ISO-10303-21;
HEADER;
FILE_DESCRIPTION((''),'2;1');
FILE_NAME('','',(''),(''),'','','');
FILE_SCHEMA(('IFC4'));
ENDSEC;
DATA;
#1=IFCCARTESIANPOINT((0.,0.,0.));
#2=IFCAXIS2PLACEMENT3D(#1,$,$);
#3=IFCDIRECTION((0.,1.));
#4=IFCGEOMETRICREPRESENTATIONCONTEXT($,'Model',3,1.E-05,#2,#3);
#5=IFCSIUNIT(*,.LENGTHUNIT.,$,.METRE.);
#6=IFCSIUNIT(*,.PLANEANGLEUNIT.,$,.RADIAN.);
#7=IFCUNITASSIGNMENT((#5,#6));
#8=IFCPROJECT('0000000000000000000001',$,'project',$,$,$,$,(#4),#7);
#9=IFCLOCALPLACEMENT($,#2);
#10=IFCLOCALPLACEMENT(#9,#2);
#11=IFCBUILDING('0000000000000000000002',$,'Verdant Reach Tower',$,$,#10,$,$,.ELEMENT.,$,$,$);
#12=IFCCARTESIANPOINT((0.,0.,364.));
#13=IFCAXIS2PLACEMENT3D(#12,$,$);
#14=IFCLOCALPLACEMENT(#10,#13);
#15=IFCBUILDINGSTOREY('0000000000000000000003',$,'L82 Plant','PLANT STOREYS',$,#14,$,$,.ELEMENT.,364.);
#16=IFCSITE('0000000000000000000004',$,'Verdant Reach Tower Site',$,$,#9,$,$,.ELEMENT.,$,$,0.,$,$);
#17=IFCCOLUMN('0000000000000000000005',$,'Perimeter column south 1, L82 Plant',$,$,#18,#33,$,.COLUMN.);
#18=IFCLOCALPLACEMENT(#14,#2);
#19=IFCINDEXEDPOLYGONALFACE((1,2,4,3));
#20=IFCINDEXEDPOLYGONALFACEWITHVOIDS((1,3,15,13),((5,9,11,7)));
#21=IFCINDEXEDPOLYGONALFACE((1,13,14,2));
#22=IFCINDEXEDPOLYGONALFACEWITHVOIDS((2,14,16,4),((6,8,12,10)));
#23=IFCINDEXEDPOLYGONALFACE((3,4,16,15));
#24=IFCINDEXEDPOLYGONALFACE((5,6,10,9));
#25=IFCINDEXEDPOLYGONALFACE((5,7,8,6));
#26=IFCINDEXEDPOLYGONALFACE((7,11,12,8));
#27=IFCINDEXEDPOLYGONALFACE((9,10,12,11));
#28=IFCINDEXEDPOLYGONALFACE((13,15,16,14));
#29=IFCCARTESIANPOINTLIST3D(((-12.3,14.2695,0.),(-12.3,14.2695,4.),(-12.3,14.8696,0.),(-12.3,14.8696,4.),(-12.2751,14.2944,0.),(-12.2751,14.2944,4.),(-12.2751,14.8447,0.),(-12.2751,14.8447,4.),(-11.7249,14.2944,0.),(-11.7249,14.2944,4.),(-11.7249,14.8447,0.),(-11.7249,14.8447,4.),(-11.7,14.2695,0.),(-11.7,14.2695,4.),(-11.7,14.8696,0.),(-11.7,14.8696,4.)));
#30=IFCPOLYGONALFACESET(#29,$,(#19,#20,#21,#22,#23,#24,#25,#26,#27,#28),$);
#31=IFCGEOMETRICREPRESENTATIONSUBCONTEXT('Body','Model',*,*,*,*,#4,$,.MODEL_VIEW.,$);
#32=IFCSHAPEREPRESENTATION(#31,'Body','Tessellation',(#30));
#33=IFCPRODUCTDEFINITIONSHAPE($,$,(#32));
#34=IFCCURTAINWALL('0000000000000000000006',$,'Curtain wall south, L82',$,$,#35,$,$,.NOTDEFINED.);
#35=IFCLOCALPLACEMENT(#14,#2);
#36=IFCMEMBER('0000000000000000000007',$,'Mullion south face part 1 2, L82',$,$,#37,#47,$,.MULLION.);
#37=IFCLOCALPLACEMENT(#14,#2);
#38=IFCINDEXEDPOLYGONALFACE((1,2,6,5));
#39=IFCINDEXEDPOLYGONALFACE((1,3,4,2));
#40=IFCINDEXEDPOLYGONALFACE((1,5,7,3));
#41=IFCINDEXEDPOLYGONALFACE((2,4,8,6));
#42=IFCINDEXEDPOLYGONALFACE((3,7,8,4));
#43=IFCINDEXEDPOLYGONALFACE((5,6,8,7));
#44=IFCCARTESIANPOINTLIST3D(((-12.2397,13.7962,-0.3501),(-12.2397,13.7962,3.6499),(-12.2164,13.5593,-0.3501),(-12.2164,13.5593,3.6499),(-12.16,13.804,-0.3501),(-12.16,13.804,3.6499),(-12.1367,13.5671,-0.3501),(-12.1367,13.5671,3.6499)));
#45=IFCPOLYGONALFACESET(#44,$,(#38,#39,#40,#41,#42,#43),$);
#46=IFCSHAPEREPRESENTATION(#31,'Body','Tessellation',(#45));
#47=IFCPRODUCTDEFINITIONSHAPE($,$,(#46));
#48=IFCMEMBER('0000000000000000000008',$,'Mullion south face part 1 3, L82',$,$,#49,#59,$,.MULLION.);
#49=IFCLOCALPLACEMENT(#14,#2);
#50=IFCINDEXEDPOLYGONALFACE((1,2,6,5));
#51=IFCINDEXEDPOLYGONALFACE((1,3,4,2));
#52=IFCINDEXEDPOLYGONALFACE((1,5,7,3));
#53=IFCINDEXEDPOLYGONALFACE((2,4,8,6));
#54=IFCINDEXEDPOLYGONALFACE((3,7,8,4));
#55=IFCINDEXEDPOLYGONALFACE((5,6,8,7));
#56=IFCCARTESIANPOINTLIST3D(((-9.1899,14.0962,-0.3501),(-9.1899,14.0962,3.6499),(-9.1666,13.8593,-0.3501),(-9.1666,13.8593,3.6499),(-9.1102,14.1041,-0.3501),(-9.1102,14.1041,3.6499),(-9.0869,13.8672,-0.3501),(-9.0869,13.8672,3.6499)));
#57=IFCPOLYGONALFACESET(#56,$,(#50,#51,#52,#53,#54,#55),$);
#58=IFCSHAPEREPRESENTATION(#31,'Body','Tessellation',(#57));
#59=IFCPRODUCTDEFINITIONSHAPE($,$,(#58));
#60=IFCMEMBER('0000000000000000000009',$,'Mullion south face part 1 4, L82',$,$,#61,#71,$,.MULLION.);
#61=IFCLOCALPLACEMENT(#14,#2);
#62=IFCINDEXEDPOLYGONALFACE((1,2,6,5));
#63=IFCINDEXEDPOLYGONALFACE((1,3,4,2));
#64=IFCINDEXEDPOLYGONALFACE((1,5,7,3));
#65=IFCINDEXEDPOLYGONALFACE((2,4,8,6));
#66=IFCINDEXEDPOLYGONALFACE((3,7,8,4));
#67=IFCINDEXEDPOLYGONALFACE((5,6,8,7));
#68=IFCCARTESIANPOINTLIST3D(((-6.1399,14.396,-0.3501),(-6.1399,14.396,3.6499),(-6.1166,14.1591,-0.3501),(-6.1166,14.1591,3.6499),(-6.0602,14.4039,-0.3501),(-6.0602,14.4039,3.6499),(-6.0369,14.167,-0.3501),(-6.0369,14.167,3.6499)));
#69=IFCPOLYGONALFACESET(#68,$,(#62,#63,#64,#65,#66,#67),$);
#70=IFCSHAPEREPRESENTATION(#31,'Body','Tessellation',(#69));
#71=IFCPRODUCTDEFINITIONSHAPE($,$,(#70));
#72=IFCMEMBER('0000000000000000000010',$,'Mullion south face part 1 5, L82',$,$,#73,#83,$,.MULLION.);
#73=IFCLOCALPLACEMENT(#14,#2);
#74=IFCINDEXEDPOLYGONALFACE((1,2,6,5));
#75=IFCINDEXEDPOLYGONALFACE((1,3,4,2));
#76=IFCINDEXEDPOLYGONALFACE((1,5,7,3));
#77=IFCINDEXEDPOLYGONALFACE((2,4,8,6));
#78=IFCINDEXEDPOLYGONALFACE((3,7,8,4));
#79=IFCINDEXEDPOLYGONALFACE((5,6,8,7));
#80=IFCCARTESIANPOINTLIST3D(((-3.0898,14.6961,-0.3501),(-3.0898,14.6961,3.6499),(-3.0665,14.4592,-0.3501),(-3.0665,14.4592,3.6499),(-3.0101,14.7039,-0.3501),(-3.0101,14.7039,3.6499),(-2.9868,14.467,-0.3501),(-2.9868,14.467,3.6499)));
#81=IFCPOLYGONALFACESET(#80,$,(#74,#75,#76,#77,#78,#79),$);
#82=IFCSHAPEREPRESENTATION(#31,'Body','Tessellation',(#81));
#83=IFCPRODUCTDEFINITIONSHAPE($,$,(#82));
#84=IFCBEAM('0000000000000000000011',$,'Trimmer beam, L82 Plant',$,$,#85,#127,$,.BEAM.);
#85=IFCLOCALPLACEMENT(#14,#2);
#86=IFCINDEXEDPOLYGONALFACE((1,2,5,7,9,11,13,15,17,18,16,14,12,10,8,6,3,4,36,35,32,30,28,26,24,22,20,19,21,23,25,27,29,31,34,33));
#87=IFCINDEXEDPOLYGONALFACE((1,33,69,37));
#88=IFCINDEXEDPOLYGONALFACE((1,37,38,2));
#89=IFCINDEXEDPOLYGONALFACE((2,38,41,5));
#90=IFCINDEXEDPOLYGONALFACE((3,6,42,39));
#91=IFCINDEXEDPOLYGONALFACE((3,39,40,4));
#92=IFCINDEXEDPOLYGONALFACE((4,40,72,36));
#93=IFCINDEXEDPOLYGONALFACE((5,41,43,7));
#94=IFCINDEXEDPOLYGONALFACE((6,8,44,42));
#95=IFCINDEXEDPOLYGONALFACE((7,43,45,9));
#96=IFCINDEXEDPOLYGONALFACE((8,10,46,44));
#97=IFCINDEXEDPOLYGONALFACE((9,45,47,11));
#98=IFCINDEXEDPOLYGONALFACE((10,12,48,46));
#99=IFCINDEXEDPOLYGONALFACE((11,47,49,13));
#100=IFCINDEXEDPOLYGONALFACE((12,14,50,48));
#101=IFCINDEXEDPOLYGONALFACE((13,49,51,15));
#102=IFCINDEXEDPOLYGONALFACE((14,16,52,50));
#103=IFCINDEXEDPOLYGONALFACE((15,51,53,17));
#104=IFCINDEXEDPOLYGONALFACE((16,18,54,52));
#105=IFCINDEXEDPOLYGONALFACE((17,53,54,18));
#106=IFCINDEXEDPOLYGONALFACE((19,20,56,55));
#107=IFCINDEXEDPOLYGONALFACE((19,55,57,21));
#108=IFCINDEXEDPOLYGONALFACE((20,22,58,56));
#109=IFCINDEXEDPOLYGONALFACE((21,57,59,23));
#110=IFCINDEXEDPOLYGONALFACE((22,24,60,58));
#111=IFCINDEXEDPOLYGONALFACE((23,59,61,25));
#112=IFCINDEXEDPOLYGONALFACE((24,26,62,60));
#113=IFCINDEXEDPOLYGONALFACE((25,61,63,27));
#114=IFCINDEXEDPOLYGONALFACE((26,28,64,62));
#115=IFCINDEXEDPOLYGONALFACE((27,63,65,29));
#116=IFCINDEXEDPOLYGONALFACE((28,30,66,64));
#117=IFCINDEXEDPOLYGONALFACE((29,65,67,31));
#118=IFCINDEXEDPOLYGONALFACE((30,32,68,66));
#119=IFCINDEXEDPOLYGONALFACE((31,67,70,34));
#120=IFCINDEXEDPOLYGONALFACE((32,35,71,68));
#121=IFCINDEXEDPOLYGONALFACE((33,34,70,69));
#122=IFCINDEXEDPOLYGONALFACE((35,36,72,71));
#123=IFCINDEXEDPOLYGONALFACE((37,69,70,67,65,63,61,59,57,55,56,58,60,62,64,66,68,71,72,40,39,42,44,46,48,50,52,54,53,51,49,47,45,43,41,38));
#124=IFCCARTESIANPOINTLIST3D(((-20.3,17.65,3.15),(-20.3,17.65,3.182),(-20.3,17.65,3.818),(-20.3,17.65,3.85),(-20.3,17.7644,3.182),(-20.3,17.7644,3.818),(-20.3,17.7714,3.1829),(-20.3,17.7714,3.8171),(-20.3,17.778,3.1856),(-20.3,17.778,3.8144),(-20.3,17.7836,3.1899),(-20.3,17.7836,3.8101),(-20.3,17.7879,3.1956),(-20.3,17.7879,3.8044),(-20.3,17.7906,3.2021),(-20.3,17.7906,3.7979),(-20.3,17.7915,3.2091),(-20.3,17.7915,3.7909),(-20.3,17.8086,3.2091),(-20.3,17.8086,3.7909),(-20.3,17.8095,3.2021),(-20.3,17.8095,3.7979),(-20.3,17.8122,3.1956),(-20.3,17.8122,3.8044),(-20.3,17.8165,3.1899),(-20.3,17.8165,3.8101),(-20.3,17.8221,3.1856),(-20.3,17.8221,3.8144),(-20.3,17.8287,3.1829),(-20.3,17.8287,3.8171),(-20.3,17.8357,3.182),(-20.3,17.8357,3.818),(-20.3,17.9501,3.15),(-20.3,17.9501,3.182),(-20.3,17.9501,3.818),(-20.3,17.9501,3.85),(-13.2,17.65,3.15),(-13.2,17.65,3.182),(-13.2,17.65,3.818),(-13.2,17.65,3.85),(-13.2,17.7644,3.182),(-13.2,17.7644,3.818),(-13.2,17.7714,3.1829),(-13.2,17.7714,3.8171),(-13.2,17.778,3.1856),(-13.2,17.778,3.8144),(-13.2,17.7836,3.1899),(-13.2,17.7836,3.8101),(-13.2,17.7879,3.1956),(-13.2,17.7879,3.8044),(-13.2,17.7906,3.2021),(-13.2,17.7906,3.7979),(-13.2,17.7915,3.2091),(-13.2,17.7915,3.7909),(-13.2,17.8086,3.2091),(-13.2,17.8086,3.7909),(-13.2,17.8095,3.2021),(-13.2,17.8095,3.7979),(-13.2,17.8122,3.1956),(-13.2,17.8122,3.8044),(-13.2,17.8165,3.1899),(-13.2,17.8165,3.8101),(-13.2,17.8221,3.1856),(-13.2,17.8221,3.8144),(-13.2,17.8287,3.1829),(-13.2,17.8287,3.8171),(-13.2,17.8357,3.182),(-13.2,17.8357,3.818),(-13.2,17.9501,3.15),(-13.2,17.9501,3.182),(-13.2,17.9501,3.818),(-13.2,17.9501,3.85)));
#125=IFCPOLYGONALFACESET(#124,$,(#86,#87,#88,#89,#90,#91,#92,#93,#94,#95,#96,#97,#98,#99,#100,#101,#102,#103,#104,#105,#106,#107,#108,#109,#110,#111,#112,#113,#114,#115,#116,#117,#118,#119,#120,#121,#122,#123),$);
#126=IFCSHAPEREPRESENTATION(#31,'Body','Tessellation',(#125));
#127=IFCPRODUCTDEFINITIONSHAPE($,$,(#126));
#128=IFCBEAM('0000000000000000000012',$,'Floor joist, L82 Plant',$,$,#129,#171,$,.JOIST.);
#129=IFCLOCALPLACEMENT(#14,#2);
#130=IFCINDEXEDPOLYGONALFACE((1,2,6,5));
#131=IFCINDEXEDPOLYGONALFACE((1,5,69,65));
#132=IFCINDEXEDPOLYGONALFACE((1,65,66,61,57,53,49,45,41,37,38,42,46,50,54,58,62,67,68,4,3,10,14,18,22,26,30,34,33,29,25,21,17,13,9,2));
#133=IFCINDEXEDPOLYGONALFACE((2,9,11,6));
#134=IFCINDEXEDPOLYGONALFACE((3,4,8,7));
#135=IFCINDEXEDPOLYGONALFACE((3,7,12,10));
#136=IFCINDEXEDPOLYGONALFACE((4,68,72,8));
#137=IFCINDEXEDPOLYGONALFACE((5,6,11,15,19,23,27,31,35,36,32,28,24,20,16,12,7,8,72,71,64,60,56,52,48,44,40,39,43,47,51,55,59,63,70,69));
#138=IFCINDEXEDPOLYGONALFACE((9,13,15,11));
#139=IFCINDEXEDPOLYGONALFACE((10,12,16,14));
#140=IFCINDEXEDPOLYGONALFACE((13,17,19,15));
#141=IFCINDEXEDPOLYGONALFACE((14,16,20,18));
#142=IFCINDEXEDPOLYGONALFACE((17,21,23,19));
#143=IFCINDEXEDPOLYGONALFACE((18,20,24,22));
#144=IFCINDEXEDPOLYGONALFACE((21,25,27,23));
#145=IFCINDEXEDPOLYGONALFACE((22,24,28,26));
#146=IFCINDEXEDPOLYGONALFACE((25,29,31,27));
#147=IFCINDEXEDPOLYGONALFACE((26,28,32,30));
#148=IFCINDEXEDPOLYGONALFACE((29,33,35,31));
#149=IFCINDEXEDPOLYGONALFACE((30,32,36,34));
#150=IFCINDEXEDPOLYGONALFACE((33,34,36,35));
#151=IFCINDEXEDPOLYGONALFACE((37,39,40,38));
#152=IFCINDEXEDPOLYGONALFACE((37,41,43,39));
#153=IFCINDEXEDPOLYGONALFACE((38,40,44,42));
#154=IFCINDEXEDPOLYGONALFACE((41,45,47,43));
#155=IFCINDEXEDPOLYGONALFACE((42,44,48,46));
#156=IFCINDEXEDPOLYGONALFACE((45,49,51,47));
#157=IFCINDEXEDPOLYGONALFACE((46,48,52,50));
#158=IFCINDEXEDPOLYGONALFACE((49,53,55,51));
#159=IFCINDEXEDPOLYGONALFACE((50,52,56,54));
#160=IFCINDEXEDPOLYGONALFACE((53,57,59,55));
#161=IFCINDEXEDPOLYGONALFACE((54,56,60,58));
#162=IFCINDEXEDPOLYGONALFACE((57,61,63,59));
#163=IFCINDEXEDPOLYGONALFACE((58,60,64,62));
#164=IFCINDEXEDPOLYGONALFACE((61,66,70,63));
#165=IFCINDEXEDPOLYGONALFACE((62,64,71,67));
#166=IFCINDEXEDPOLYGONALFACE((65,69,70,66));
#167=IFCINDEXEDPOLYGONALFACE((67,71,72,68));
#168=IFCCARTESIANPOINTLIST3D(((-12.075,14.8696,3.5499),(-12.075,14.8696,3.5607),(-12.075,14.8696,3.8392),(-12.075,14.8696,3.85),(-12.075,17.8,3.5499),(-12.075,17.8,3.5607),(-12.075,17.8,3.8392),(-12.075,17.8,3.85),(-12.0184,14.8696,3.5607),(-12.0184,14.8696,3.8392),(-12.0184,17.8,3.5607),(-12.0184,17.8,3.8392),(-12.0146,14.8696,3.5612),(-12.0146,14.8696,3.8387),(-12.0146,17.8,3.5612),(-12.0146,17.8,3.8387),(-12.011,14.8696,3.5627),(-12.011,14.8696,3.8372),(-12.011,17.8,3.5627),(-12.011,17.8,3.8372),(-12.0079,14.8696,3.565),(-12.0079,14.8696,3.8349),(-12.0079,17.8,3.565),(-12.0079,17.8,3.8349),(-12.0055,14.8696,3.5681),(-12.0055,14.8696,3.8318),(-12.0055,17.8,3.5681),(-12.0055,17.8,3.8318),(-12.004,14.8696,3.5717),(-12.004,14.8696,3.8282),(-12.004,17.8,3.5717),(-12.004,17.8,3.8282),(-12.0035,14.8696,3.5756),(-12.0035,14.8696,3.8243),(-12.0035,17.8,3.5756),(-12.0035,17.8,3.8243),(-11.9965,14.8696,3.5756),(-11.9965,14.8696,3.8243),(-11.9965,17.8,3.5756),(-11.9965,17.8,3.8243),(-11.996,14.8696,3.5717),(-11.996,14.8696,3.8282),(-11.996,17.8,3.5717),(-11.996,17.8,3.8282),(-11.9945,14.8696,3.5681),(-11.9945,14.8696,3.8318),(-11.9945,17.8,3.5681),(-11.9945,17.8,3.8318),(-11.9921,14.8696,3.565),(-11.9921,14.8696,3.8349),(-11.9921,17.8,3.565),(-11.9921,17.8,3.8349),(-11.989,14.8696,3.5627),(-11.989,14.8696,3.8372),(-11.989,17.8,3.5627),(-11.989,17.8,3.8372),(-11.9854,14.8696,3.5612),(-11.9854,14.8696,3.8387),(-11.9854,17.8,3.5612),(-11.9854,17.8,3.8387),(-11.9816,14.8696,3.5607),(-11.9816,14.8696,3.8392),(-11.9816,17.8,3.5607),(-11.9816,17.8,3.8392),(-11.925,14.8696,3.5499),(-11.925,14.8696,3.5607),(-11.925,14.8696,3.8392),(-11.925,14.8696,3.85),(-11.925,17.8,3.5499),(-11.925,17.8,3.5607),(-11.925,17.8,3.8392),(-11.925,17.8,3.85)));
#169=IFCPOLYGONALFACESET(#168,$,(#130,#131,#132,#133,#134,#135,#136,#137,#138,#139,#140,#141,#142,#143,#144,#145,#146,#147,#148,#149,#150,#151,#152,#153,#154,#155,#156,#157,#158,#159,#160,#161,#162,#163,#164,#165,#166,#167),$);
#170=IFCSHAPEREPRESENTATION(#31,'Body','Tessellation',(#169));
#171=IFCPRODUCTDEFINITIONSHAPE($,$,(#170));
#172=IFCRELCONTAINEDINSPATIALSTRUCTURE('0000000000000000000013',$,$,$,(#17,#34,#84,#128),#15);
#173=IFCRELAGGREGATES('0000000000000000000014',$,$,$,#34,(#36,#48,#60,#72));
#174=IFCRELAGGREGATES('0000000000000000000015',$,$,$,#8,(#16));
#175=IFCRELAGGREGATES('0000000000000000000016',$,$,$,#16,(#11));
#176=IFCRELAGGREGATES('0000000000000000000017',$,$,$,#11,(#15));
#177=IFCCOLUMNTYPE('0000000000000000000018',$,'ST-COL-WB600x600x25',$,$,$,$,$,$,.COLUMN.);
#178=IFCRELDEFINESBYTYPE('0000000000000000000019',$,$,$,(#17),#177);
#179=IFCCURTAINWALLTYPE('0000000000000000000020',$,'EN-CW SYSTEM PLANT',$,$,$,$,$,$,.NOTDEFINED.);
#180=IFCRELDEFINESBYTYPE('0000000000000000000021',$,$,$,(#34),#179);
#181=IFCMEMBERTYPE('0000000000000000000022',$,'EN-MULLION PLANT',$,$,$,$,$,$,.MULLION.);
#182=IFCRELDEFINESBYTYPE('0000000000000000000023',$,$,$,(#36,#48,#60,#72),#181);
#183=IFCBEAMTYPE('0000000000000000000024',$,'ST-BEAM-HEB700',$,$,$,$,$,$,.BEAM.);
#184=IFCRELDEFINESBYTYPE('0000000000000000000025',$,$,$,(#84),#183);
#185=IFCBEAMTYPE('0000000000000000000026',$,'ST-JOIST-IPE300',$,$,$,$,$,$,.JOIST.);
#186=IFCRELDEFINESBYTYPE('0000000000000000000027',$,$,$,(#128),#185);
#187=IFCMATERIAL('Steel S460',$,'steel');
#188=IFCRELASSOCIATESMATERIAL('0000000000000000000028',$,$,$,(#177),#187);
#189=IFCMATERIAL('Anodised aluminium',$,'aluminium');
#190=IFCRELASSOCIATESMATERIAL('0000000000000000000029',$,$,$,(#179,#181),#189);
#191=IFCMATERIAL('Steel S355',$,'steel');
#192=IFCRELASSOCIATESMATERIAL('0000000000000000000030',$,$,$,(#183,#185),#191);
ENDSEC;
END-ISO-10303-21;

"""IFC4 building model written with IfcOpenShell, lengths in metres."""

from ifc_helpers import new_model, si_unit, direction, frame, origin, origin_2d, place, context, subcontext, project, spatial, rectangle, hollow_rectangle, i_section, extrude, material, material_profile, profile_set, type_object, element, aggregate, save


model = new_model("IFC4")

# Units and contexts
model_context = context("Model", 3, precision=1e-05, world=origin(), true_north=direction((0.0, 1.0)))
body_context = subcontext(model_context, "Body", "Model", "MODEL_VIEW")
ifc_project = project(units=[si_unit("LENGTHUNIT", "METRE"), si_unit("PLANEANGLEUNIT", "RADIAN")], contexts=[model_context])

# Site, building, storey
site_placement = place(None, origin())
site = spatial("IfcSite", under=ifc_project, at=site_placement, Name="Verdant Reach Tower Site", CompositionType="ELEMENT", RefElevation=0.0)
building_placement = place(site_placement, origin())
building = spatial("IfcBuilding", under=site, at=building_placement, Name="Verdant Reach Tower", CompositionType="ELEMENT")
storey_placement = place(building_placement, frame((0.0, 0.0, 364.0)))
storey = spatial("IfcBuildingStorey", under=building, at=storey_placement, Name="L82 Plant", Description="PLANT STOREYS", CompositionType="ELEMENT", Elevation=364.0)

# Column
ifc_material_1 = material(Name="Steel S460", Category="steel")
ifc_material_profile_1 = material_profile(ifc_material_1, hollow_rectangle(XDim=0.6001, YDim=0.6001, WallThickness=0.0249, at=origin_2d()), Name="WB 600x600x25")
ifc_profile_set_1 = profile_set([ifc_material_profile_1], Name="Steel S460")
column_type = type_object("IfcColumnType", Name="ST-COL-WB600x600x25", PredefinedType="COLUMN", material=ifc_profile_set_1)
column_placement = place(storey_placement, frame((-12.0, 14.5696, 0.0), z_axis=(0.0, 0.0, 1.0), x_axis=(1.0, 0.0, 0.0)))
element("IfcColumn", 1, at=column_placement, inside=storey, type_object=column_type, Name="Perimeter column south 1, L82 Plant", PredefinedType="COLUMN", context=body_context, shape_type="SweptSolid", body=[
    extrude(hollow_rectangle(XDim=0.6001, YDim=0.6001, WallThickness=0.0249, at=origin_2d()), origin(), (0.0, 0.0, 1.0), 4.0),
])

# Curtain wall, members
ifc_material_2 = material(Name="Anodised aluminium", Category="aluminium")
curtain_wall_type = type_object("IfcCurtainWallType", Name="EN-CW SYSTEM PLANT", PredefinedType="NOTDEFINED", material=ifc_material_2)
curtain_wall_placement = place(storey_placement, origin())
curtain_wall = element("IfcCurtainWall", 2, at=curtain_wall_placement, inside=storey, type_object=curtain_wall_type, Name="Curtain wall south, L82", PredefinedType="NOTDEFINED")
ifc_material_profile_2 = material_profile(ifc_material_2, rectangle(XDim=0.238, YDim=0.0801, at=origin_2d()), Name="Mullion 80x240")
ifc_profile_set_2 = profile_set([ifc_material_profile_2], Name="Anodised aluminium")
member_type = type_object("IfcMemberType", Name="EN-MULLION PLANT", PredefinedType="MULLION", material=ifc_profile_set_2)
member_1_placement = place(storey_placement, frame((-12.1882, 13.6816, -0.3501), z_axis=(0.0, 0.0, 1.0), x_axis=(0.097888, -0.995197, 0.0)))
member_1 = element("IfcMember", 3, at=member_1_placement, type_object=member_type, Name="Mullion south face part 1 2, L82", PredefinedType="MULLION", context=body_context, shape_type="SweptSolid", body=[
    extrude(rectangle(XDim=0.238, YDim=0.0801, at=origin_2d()), origin(), (0.0, 0.0, 1.0), 4.0),
])
member_2_placement = place(storey_placement, frame((-9.1384, 13.9817, -0.3501), z_axis=(0.0, 0.0, 1.0), x_axis=(0.097888, -0.995197, 0.0)))
member_2 = element("IfcMember", 4, at=member_2_placement, type_object=member_type, Name="Mullion south face part 1 3, L82", PredefinedType="MULLION", context=body_context, shape_type="SweptSolid", body=[
    extrude(rectangle(XDim=0.238, YDim=0.0801, at=origin_2d()), origin(), (0.0, 0.0, 1.0), 4.0),
])
member_3_placement = place(storey_placement, frame((-6.0884, 14.2815, -0.3501), z_axis=(0.0, 0.0, 1.0), x_axis=(0.097888, -0.995197, 0.0)))
member_3 = element("IfcMember", 5, at=member_3_placement, type_object=member_type, Name="Mullion south face part 1 4, L82", PredefinedType="MULLION", context=body_context, shape_type="SweptSolid", body=[
    extrude(rectangle(XDim=0.238, YDim=0.0801, at=origin_2d()), origin(), (0.0, 0.0, 1.0), 4.0),
])
member_4_placement = place(storey_placement, frame((-3.0383, 14.5815, -0.3501), z_axis=(0.0, 0.0, 1.0), x_axis=(0.097888, -0.995197, 0.0)))
member_4 = element("IfcMember", 6, at=member_4_placement, type_object=member_type, Name="Mullion south face part 1 5, L82", PredefinedType="MULLION", context=body_context, shape_type="SweptSolid", body=[
    extrude(rectangle(XDim=0.238, YDim=0.0801, at=origin_2d()), origin(), (0.0, 0.0, 1.0), 4.0),
])

# Beams
ifc_material_3 = material(Name="Steel S355", Category="steel")
ifc_material_profile_3 = material_profile(ifc_material_3, i_section(OverallWidth=0.3, OverallDepth=0.7, WebThickness=0.0171, FlangeThickness=0.032, FilletRadius=0.0271, at=origin_2d()), Name="HEB 700")
ifc_profile_set_3 = profile_set([ifc_material_profile_3], Name="Steel S355")
beam_type_1 = type_object("IfcBeamType", Name="ST-BEAM-HEB700", PredefinedType="BEAM", material=ifc_profile_set_3)
beam_1_placement = place(storey_placement, frame((-13.2, 17.8, 3.5), z_axis=(-1.0, 0.0, 0.0), x_axis=(0.0, -1.0, 0.0)))
element("IfcBeam", 7, at=beam_1_placement, inside=storey, type_object=beam_type_1, Name="Trimmer beam, L82 Plant", PredefinedType="BEAM", context=body_context, shape_type="SweptSolid", body=[
    extrude(i_section(OverallWidth=0.3, OverallDepth=0.7, WebThickness=0.0171, FlangeThickness=0.032, FilletRadius=0.0271, at=origin_2d()), origin(), (0.0, 0.0, 1.0), 7.1001),
])
ifc_material_profile_4 = material_profile(ifc_material_3, i_section(OverallWidth=0.1499, OverallDepth=0.3, WebThickness=0.0071, FlangeThickness=0.0107, FilletRadius=0.0149, at=origin_2d()), Name="IPE 300")
ifc_profile_set_4 = profile_set([ifc_material_profile_4], Name="Steel S355")
beam_type_2 = type_object("IfcBeamType", Name="ST-JOIST-IPE300", PredefinedType="JOIST", material=ifc_profile_set_4)
beam_2_placement = place(storey_placement, frame((-12.0, 17.8, 3.7), z_axis=(0.0, -1.0, 0.0), x_axis=(1.0, 0.0, 0.0)))
element("IfcBeam", 8, at=beam_2_placement, inside=storey, type_object=beam_type_2, Name="Floor joist, L82 Plant", PredefinedType="JOIST", context=body_context, shape_type="SweptSolid", body=[
    extrude(i_section(OverallWidth=0.1499, OverallDepth=0.3, WebThickness=0.0071, FlangeThickness=0.0107, FilletRadius=0.0149, at=origin_2d()), origin(), (0.0, 0.0, 1.0), 2.9304),
])

aggregate(curtain_wall, [member_1, member_2, member_3, member_4])

save(model, "model.ifc")
